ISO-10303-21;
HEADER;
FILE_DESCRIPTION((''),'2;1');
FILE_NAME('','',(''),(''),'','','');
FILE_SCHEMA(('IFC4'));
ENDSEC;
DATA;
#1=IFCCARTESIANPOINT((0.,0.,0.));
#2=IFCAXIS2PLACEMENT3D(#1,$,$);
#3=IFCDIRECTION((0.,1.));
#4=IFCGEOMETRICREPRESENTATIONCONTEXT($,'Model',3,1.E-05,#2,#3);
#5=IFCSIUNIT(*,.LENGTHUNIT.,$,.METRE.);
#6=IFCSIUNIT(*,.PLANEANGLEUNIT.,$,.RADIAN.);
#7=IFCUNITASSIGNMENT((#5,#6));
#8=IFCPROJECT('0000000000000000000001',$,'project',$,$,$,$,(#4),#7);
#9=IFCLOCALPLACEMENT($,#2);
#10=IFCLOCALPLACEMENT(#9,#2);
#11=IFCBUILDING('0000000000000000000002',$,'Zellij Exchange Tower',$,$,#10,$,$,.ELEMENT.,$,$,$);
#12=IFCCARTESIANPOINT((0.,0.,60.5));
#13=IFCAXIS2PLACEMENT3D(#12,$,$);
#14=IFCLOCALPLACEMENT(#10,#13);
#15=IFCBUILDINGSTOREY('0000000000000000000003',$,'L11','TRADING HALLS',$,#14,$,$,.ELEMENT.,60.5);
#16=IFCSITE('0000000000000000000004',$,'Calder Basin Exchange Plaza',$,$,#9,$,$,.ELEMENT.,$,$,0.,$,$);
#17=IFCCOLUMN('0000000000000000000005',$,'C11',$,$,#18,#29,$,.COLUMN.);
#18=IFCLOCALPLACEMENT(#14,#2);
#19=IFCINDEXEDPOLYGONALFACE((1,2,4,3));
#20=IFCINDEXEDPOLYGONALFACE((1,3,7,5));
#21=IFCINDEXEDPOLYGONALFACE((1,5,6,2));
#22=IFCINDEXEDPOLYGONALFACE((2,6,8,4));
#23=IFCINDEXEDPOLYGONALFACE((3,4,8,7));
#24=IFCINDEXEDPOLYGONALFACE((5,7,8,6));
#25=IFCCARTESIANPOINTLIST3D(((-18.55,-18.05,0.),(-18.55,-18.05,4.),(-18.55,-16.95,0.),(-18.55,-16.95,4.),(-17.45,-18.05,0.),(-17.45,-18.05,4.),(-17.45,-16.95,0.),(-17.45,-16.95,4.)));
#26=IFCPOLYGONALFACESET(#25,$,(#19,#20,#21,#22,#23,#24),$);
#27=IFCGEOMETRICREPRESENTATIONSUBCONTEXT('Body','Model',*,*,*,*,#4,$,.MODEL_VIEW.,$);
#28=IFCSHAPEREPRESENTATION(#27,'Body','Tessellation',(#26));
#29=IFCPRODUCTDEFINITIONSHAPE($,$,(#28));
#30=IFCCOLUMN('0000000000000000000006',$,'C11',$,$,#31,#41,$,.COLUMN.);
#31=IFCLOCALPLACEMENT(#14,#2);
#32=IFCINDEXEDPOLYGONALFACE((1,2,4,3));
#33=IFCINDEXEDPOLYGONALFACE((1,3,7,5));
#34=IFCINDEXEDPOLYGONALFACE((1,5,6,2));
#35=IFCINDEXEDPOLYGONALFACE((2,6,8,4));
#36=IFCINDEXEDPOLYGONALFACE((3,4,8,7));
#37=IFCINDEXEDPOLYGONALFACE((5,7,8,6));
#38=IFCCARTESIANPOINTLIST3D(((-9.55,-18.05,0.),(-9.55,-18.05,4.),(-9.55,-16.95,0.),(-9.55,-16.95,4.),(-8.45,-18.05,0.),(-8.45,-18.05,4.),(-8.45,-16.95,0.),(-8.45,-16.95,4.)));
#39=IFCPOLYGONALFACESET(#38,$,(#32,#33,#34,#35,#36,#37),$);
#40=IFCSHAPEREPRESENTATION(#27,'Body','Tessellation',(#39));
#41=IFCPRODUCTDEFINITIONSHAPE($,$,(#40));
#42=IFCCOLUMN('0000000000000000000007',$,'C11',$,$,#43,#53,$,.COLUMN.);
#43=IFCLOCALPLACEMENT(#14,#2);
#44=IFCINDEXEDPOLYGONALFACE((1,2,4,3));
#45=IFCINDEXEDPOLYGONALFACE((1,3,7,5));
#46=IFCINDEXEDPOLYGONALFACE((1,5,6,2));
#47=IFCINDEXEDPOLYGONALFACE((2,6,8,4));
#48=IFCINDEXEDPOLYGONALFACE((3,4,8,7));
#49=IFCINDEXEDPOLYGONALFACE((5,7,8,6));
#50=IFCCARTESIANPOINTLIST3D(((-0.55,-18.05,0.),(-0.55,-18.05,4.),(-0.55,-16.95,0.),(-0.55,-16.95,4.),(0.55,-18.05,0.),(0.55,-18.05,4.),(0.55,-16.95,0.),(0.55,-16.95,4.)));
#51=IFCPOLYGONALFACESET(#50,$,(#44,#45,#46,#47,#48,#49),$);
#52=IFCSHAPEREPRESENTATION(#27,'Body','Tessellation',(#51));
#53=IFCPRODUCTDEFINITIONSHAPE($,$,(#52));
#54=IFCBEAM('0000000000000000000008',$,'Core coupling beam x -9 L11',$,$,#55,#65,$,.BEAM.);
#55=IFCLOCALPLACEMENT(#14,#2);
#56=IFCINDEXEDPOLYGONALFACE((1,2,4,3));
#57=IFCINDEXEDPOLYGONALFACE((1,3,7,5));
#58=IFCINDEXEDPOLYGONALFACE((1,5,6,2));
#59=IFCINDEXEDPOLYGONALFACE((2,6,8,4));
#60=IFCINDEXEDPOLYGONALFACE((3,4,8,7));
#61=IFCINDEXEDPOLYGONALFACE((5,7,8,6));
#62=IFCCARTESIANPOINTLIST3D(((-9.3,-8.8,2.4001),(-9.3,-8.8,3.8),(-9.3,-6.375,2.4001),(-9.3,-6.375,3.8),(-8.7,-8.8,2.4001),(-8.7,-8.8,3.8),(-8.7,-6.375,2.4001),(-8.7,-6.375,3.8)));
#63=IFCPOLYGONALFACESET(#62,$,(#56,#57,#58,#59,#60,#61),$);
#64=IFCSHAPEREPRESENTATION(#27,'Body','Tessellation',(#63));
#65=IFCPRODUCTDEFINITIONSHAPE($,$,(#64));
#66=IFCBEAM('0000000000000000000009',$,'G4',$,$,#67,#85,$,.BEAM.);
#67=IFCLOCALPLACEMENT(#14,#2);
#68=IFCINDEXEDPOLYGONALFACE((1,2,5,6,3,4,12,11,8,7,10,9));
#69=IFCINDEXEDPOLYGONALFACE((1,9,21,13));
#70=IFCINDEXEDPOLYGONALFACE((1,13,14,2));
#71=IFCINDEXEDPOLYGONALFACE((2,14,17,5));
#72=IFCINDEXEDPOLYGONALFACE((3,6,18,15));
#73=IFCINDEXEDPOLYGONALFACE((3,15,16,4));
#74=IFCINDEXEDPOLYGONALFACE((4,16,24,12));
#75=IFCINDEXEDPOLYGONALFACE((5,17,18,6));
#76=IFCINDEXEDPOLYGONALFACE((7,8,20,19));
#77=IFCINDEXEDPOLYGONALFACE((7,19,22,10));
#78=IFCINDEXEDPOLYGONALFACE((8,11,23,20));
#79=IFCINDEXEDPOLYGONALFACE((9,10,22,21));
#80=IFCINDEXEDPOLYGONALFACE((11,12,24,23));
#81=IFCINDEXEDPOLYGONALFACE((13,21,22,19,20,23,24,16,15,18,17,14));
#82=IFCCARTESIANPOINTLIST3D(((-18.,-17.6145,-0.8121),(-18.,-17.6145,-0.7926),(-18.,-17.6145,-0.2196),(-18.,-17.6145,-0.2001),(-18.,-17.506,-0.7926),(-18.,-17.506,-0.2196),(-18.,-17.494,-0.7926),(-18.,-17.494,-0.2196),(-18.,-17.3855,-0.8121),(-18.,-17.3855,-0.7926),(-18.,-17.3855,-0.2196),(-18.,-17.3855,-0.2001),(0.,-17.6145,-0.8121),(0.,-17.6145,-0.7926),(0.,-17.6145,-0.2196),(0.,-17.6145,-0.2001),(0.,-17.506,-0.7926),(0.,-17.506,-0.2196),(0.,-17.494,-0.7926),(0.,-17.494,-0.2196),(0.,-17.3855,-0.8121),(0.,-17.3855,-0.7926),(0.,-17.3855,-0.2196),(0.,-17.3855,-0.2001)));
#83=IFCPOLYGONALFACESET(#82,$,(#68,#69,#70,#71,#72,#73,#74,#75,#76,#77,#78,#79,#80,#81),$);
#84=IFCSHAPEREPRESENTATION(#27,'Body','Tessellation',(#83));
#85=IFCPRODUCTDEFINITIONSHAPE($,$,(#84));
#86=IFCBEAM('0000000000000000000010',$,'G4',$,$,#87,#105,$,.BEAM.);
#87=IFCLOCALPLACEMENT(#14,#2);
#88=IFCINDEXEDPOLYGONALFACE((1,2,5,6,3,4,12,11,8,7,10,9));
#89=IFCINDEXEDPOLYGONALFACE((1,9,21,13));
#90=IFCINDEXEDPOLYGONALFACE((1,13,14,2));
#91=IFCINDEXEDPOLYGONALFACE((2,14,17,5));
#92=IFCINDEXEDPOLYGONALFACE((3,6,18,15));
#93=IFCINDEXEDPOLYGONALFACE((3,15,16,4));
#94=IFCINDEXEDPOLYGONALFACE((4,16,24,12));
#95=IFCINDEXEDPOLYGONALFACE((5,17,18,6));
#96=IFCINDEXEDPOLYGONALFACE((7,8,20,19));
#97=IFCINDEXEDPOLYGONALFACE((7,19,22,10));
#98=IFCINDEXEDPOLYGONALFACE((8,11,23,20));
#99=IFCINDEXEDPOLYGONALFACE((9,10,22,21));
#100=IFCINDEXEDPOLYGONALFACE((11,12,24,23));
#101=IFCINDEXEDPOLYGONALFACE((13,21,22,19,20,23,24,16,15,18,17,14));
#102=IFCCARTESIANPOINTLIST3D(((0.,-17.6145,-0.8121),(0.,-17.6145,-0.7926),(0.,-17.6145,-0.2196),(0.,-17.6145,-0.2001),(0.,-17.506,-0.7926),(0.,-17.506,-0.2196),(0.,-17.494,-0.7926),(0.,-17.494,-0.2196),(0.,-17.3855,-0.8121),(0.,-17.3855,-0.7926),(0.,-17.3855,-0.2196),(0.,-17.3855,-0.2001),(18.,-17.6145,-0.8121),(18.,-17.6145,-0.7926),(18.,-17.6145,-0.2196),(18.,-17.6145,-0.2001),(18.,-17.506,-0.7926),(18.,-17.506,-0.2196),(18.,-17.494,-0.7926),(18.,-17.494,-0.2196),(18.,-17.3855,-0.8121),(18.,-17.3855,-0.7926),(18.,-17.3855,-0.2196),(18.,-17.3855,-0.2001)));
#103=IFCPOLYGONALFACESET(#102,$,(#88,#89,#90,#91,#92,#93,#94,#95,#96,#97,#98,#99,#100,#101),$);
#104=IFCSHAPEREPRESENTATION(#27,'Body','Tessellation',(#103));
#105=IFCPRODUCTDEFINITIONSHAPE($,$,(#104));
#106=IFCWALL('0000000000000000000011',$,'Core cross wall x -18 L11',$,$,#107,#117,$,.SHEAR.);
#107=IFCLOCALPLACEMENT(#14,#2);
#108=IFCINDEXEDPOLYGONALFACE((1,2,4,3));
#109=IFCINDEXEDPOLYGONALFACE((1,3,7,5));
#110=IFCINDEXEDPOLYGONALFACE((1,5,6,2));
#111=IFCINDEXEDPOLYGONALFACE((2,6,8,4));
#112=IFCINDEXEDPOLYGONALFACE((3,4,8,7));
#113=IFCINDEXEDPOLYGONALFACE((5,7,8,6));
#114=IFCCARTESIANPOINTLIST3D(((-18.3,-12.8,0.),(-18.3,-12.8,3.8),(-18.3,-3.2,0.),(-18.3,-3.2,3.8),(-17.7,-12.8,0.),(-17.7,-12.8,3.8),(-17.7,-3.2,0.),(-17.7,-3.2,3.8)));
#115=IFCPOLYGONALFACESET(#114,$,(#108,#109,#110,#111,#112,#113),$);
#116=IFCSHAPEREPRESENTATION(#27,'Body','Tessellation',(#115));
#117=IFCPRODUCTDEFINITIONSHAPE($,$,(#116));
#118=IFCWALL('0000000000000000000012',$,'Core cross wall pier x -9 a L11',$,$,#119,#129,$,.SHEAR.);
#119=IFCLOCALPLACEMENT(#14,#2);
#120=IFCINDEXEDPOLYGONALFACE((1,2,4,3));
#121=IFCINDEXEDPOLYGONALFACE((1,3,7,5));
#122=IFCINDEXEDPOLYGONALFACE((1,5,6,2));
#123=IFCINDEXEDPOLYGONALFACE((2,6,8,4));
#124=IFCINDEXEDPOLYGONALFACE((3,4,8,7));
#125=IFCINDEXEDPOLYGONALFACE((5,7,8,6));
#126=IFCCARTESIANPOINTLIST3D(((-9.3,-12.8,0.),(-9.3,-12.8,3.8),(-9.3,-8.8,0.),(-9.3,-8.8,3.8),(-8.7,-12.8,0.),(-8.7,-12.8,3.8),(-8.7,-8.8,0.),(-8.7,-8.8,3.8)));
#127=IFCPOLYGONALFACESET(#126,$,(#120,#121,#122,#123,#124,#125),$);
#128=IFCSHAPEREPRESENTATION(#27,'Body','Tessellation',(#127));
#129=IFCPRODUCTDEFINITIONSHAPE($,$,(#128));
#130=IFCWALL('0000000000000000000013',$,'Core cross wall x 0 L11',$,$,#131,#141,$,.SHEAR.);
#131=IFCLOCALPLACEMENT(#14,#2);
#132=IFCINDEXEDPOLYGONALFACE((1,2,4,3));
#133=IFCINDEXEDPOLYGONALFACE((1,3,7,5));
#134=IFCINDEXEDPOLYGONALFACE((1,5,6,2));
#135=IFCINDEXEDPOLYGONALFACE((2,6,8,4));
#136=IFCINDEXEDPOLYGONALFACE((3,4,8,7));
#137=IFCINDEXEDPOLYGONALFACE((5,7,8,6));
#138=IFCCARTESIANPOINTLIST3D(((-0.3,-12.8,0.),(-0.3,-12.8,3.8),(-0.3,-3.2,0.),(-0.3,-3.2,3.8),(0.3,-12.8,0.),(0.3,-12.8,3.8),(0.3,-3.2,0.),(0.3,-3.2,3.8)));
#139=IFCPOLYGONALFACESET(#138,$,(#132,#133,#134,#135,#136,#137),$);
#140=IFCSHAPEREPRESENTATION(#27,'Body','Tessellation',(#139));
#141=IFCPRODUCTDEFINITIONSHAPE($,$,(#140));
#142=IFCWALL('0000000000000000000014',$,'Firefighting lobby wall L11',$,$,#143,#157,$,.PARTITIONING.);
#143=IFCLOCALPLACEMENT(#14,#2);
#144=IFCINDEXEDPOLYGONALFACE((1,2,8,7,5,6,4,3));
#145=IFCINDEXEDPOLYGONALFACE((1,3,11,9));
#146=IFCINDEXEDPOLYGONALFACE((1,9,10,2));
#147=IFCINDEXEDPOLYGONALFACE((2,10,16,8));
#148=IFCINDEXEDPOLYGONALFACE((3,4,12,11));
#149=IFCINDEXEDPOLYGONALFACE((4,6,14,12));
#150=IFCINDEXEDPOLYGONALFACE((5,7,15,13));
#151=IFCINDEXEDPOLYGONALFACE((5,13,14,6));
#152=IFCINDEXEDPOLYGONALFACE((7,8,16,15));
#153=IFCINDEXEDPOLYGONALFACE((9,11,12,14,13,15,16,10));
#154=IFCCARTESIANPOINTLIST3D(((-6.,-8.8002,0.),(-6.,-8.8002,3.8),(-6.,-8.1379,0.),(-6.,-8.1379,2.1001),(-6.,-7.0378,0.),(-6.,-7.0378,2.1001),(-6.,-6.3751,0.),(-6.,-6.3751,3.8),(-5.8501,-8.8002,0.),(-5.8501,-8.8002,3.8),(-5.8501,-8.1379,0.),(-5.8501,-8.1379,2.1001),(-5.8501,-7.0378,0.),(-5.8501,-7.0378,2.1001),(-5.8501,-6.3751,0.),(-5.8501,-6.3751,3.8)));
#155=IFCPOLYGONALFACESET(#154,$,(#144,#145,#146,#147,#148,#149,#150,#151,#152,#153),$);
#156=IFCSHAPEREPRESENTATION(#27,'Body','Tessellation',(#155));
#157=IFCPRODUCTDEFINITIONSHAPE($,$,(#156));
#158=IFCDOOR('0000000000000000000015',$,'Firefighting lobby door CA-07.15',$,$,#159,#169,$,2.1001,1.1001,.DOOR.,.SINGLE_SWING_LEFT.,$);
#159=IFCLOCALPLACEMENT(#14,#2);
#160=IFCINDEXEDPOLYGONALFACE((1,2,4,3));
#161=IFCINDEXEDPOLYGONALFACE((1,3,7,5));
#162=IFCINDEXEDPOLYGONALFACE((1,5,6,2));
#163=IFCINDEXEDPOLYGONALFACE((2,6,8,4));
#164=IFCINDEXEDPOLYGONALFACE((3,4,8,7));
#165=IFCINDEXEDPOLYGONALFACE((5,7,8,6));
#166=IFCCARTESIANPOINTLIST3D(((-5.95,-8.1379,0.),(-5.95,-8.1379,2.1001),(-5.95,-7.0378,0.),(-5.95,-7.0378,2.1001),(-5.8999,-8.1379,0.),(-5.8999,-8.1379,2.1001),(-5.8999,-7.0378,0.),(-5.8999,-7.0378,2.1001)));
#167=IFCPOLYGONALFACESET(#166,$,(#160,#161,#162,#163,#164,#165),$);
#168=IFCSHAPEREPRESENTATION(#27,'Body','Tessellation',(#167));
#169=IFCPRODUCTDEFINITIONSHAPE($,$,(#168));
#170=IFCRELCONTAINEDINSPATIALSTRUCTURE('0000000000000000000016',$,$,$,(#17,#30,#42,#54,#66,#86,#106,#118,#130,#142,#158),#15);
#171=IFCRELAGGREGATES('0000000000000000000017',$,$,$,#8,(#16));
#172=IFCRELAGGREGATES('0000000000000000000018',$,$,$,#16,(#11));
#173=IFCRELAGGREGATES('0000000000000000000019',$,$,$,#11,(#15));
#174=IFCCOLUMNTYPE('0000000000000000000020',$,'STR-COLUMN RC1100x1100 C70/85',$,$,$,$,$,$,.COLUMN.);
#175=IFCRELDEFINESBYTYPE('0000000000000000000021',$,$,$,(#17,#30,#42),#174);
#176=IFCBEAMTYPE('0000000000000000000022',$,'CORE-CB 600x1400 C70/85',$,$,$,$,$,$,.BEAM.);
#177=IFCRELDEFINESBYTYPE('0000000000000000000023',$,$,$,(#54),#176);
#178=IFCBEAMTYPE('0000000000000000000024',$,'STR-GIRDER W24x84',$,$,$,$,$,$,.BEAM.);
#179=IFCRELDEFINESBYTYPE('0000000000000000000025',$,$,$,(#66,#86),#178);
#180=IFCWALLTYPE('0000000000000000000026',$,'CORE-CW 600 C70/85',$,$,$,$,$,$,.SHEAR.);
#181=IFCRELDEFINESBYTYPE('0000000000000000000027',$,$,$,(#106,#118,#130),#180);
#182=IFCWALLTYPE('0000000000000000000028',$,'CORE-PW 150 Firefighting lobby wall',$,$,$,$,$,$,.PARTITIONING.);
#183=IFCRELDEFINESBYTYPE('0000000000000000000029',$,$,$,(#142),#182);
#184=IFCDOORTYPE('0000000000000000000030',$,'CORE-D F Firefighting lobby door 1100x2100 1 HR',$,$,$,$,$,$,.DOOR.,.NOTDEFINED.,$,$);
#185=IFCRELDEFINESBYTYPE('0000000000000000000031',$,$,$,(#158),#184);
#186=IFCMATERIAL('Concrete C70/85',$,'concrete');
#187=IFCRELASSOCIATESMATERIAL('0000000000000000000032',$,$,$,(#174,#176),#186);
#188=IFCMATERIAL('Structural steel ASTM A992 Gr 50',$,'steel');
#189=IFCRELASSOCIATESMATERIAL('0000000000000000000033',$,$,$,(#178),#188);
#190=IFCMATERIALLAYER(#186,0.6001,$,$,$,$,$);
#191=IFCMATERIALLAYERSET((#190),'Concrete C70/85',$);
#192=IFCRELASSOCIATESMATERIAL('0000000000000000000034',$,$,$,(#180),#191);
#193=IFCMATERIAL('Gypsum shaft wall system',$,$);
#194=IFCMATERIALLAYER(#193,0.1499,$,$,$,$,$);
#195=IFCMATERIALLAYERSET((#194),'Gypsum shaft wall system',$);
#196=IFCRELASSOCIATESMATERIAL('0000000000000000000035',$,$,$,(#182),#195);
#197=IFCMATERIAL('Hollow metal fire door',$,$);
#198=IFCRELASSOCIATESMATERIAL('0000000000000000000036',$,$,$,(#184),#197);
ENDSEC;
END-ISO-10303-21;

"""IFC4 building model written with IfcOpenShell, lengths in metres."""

from ifc_helpers import new_model, si_unit, direction, frame, frame_2d, origin, origin_2d, place, context, subcontext, project, spatial, rectangle, i_section, extrude, material, layer, layer_set, material_profile, profile_set, type_object, element, fill, save


model = new_model("IFC4")

# Units and contexts
model_context = context("Model", 3, precision=1e-05, world=origin(), true_north=direction((0.0, 1.0)))
body_context = subcontext(model_context, "Body", "Model", "MODEL_VIEW")
ifc_project = project(units=[si_unit("LENGTHUNIT", "METRE"), si_unit("PLANEANGLEUNIT", "RADIAN")], contexts=[model_context])

# Site, building, storey
site_placement = place(None, origin())
site = spatial("IfcSite", under=ifc_project, at=site_placement, Name="Calder Basin Exchange Plaza", CompositionType="ELEMENT", RefElevation=0.0)
building_placement = place(site_placement, origin())
building = spatial("IfcBuilding", under=site, at=building_placement, Name="Zellij Exchange Tower", CompositionType="ELEMENT")
storey_placement = place(building_placement, frame((0.0, 0.0, 60.5)))
storey = spatial("IfcBuildingStorey", under=building, at=storey_placement, Name="L11", Description="TRADING HALLS", CompositionType="ELEMENT", Elevation=60.5)

# Columns
ifc_material_1 = material(Name="Concrete C70/85", Category="concrete")
ifc_material_profile_1 = material_profile(ifc_material_1, rectangle(XDim=1.1001, YDim=1.1001, at=origin_2d()), Name="STR-COLUMN RC1100x1100 C70/85")
ifc_profile_set_1 = profile_set([ifc_material_profile_1], Name="Concrete C70/85")
column_type = type_object("IfcColumnType", Name="STR-COLUMN RC1100x1100 C70/85", PredefinedType="COLUMN", material=ifc_profile_set_1)
for number, where, z_axis, x_axis, name in (
    (1, (-18.0, -17.5, 0.0), (0.0, 0.0, 1.0), (1.0, 0.0, 0.0), "C11"),
    (2, (-9.0, -17.5, 0.0), (0.0, 0.0, 1.0), (1.0, 0.0, 0.0), "C11"),
    (3, (0.0, -17.5, 0.0), (0.0, 0.0, 1.0), (1.0, 0.0, 0.0), "C11"),
):
    element("IfcColumn", number, at=place(storey_placement, frame(where, z_axis=z_axis, x_axis=x_axis)), inside=storey, type_object=column_type, Name=name, PredefinedType="COLUMN", context=body_context, shape_type="SweptSolid", body=[
        extrude(rectangle(XDim=1.1001, YDim=1.1001, at=origin_2d()), origin(), (0.0, 0.0, 1.0), 4.0),
    ])

# Beams
ifc_material_profile_2 = material_profile(ifc_material_1, rectangle(XDim=0.6001, YDim=1.3999, at=origin_2d()), Name="CORE-CB 600x1400 C70/85")
ifc_profile_set_2 = profile_set([ifc_material_profile_2], Name="Concrete C70/85")
beam_type_1 = type_object("IfcBeamType", Name="CORE-CB 600x1400 C70/85", PredefinedType="BEAM", material=ifc_profile_set_2)
beam_placement = place(storey_placement, frame((-9.0, -8.8, 3.1001), z_axis=(0.0, 1.0, 0.0), x_axis=(-1.0, 0.0, 0.0)))
element("IfcBeam", 4, at=beam_placement, inside=storey, type_object=beam_type_1, Name="Core coupling beam x -9 L11", PredefinedType="BEAM", context=body_context, shape_type="SweptSolid", body=[
    extrude(rectangle(XDim=0.6001, YDim=1.3999, at=origin_2d()), origin(), (0.0, 0.0, 1.0), 2.425),
])
ifc_material_2 = material(Name="Structural steel ASTM A992 Gr 50", Category="steel")
ifc_material_profile_3 = material_profile(ifc_material_2, i_section(OverallWidth=0.229, OverallDepth=0.6121, WebThickness=0.012, FlangeThickness=0.0195, at=origin_2d()), Name="W24x84")
ifc_profile_set_3 = profile_set([ifc_material_profile_3], Name="Structural steel ASTM A992 Gr 50")
beam_type_2 = type_object("IfcBeamType", Name="STR-GIRDER W24x84", PredefinedType="BEAM", material=ifc_profile_set_3)
for number, where, z_axis, x_axis, name in (
    (5, (-18.0, -17.5, -0.5061), (1.0, 0.0, 0.0), (0.0, 1.0, 0.0), "G4"),
    (6, (0.0, -17.5, -0.5061), (1.0, 0.0, 0.0), (0.0, 1.0, 0.0), "G4"),
):
    element("IfcBeam", number, at=place(storey_placement, frame(where, z_axis=z_axis, x_axis=x_axis)), inside=storey, type_object=beam_type_2, Name=name, PredefinedType="BEAM", context=body_context, shape_type="SweptSolid", body=[
        extrude(i_section(OverallWidth=0.229, OverallDepth=0.6121, WebThickness=0.012, FlangeThickness=0.0195, at=origin_2d()), origin(), (0.0, 0.0, 1.0), 18.0),
    ])

# Walls
ifc_layer_1 = layer(ifc_material_1, 0.6001)
ifc_layer_set_1 = layer_set([ifc_layer_1], Name="Concrete C70/85")
wall_type_1 = type_object("IfcWallType", Name="CORE-CW 600 C70/85", PredefinedType="SHEAR", material=ifc_layer_set_1)
wall_1_placement = place(storey_placement, frame((-18.0, -12.8, 0.0), z_axis=(0.0, 0.0, 1.0), x_axis=(0.0, 1.0, 0.0)))
element("IfcWall", 7, at=wall_1_placement, inside=storey, type_object=wall_type_1, Name="Core cross wall x -18 L11", PredefinedType="SHEAR", context=body_context, shape_type="SweptSolid", body=[
    extrude(rectangle(XDim=9.6001, YDim=0.6001, at=frame_2d((4.8, 0.0))), origin(), (0.0, 0.0, 1.0), 3.8),
])
wall_2_placement = place(storey_placement, frame((-9.0, -12.8, 0.0), z_axis=(0.0, 0.0, 1.0), x_axis=(0.0, 1.0, 0.0)))
element("IfcWall", 8, at=wall_2_placement, inside=storey, type_object=wall_type_1, Name="Core cross wall pier x -9 a L11", PredefinedType="SHEAR", context=body_context, shape_type="SweptSolid", body=[
    extrude(rectangle(XDim=4.0, YDim=0.6001, at=frame_2d((2.0, 0.0))), origin(), (0.0, 0.0, 1.0), 3.8),
])
wall_3_placement = place(storey_placement, frame((0.0, -12.8, 0.0), z_axis=(0.0, 0.0, 1.0), x_axis=(0.0, 1.0, 0.0)))
element("IfcWall", 9, at=wall_3_placement, inside=storey, type_object=wall_type_1, Name="Core cross wall x 0 L11", PredefinedType="SHEAR", context=body_context, shape_type="SweptSolid", body=[
    extrude(rectangle(XDim=9.6001, YDim=0.6001, at=frame_2d((4.8, 0.0))), origin(), (0.0, 0.0, 1.0), 3.8),
])

# Wall, opening, door
ifc_material_3 = material(Name="Gypsum shaft wall system")
ifc_layer_2 = layer(ifc_material_3, 0.1499)
ifc_layer_set_2 = layer_set([ifc_layer_2], Name="Gypsum shaft wall system")
wall_type_2 = type_object("IfcWallType", Name="CORE-PW 150 Firefighting lobby wall", PredefinedType="PARTITIONING", material=ifc_layer_set_2)
wall_4_placement = place(storey_placement, frame((-5.925, -8.8, 0.0), z_axis=(0.0, 0.0, 1.0), x_axis=(0.0, 1.0, 0.0)))
wall_4 = element("IfcWall", 10, at=wall_4_placement, inside=storey, type_object=wall_type_2, Name="Firefighting lobby wall L11", PredefinedType="PARTITIONING", context=body_context, shape_type="SweptSolid", body=[
    extrude(rectangle(XDim=2.425, YDim=0.1499, at=frame_2d((1.2124, 0.0))), origin(), (0.0, 0.0, 1.0), 3.8),
])
opening_1_placement = place(wall_4_placement, frame((0.6621, 0.0, 0.0)))
opening_1 = element("IfcOpeningElement", 11, at=opening_1_placement, cuts=wall_4, PredefinedType="OPENING", context=body_context, shape_type="SweptSolid", body=[
    extrude(rectangle(XDim=1.1001, YDim=2.1001, at=frame_2d((0.55, 1.05))), frame((0.0, 0.0869, 0.0), z_axis=(0.0, -1.0, 0.0), x_axis=(1.0, 0.0, 0.0)), (0.0, 0.0, 1.0), 0.1738),
])
ifc_material_4 = material(Name="Hollow metal fire door")
door_type_1 = type_object("IfcDoorType", Name="CORE-D F Firefighting lobby door 1100x2100 1 HR", OperationType="NOTDEFINED", PredefinedType="DOOR", material=ifc_material_4)
door_1_placement = place(opening_1_placement, origin())
door_1 = element("IfcDoor", 12, at=door_1_placement, inside=storey, type_object=door_type_1, Name="Firefighting lobby door CA-07.15", OperationType="SINGLE_SWING_LEFT", OverallHeight=2.1001, OverallWidth=1.1001, PredefinedType="DOOR", context=body_context, shape_type="SweptSolid", body=[
    extrude(rectangle(XDim=1.1001, YDim=2.1001, at=frame_2d((0.55, 1.05))), frame((0.0, 0.0249, 0.0), z_axis=(0.0, -1.0, 0.0), x_axis=(1.0, 0.0, 0.0)), (0.0, 0.0, 1.0), 0.05),
])
fill(opening_1, door_1)

save(model, "model.ifc")
